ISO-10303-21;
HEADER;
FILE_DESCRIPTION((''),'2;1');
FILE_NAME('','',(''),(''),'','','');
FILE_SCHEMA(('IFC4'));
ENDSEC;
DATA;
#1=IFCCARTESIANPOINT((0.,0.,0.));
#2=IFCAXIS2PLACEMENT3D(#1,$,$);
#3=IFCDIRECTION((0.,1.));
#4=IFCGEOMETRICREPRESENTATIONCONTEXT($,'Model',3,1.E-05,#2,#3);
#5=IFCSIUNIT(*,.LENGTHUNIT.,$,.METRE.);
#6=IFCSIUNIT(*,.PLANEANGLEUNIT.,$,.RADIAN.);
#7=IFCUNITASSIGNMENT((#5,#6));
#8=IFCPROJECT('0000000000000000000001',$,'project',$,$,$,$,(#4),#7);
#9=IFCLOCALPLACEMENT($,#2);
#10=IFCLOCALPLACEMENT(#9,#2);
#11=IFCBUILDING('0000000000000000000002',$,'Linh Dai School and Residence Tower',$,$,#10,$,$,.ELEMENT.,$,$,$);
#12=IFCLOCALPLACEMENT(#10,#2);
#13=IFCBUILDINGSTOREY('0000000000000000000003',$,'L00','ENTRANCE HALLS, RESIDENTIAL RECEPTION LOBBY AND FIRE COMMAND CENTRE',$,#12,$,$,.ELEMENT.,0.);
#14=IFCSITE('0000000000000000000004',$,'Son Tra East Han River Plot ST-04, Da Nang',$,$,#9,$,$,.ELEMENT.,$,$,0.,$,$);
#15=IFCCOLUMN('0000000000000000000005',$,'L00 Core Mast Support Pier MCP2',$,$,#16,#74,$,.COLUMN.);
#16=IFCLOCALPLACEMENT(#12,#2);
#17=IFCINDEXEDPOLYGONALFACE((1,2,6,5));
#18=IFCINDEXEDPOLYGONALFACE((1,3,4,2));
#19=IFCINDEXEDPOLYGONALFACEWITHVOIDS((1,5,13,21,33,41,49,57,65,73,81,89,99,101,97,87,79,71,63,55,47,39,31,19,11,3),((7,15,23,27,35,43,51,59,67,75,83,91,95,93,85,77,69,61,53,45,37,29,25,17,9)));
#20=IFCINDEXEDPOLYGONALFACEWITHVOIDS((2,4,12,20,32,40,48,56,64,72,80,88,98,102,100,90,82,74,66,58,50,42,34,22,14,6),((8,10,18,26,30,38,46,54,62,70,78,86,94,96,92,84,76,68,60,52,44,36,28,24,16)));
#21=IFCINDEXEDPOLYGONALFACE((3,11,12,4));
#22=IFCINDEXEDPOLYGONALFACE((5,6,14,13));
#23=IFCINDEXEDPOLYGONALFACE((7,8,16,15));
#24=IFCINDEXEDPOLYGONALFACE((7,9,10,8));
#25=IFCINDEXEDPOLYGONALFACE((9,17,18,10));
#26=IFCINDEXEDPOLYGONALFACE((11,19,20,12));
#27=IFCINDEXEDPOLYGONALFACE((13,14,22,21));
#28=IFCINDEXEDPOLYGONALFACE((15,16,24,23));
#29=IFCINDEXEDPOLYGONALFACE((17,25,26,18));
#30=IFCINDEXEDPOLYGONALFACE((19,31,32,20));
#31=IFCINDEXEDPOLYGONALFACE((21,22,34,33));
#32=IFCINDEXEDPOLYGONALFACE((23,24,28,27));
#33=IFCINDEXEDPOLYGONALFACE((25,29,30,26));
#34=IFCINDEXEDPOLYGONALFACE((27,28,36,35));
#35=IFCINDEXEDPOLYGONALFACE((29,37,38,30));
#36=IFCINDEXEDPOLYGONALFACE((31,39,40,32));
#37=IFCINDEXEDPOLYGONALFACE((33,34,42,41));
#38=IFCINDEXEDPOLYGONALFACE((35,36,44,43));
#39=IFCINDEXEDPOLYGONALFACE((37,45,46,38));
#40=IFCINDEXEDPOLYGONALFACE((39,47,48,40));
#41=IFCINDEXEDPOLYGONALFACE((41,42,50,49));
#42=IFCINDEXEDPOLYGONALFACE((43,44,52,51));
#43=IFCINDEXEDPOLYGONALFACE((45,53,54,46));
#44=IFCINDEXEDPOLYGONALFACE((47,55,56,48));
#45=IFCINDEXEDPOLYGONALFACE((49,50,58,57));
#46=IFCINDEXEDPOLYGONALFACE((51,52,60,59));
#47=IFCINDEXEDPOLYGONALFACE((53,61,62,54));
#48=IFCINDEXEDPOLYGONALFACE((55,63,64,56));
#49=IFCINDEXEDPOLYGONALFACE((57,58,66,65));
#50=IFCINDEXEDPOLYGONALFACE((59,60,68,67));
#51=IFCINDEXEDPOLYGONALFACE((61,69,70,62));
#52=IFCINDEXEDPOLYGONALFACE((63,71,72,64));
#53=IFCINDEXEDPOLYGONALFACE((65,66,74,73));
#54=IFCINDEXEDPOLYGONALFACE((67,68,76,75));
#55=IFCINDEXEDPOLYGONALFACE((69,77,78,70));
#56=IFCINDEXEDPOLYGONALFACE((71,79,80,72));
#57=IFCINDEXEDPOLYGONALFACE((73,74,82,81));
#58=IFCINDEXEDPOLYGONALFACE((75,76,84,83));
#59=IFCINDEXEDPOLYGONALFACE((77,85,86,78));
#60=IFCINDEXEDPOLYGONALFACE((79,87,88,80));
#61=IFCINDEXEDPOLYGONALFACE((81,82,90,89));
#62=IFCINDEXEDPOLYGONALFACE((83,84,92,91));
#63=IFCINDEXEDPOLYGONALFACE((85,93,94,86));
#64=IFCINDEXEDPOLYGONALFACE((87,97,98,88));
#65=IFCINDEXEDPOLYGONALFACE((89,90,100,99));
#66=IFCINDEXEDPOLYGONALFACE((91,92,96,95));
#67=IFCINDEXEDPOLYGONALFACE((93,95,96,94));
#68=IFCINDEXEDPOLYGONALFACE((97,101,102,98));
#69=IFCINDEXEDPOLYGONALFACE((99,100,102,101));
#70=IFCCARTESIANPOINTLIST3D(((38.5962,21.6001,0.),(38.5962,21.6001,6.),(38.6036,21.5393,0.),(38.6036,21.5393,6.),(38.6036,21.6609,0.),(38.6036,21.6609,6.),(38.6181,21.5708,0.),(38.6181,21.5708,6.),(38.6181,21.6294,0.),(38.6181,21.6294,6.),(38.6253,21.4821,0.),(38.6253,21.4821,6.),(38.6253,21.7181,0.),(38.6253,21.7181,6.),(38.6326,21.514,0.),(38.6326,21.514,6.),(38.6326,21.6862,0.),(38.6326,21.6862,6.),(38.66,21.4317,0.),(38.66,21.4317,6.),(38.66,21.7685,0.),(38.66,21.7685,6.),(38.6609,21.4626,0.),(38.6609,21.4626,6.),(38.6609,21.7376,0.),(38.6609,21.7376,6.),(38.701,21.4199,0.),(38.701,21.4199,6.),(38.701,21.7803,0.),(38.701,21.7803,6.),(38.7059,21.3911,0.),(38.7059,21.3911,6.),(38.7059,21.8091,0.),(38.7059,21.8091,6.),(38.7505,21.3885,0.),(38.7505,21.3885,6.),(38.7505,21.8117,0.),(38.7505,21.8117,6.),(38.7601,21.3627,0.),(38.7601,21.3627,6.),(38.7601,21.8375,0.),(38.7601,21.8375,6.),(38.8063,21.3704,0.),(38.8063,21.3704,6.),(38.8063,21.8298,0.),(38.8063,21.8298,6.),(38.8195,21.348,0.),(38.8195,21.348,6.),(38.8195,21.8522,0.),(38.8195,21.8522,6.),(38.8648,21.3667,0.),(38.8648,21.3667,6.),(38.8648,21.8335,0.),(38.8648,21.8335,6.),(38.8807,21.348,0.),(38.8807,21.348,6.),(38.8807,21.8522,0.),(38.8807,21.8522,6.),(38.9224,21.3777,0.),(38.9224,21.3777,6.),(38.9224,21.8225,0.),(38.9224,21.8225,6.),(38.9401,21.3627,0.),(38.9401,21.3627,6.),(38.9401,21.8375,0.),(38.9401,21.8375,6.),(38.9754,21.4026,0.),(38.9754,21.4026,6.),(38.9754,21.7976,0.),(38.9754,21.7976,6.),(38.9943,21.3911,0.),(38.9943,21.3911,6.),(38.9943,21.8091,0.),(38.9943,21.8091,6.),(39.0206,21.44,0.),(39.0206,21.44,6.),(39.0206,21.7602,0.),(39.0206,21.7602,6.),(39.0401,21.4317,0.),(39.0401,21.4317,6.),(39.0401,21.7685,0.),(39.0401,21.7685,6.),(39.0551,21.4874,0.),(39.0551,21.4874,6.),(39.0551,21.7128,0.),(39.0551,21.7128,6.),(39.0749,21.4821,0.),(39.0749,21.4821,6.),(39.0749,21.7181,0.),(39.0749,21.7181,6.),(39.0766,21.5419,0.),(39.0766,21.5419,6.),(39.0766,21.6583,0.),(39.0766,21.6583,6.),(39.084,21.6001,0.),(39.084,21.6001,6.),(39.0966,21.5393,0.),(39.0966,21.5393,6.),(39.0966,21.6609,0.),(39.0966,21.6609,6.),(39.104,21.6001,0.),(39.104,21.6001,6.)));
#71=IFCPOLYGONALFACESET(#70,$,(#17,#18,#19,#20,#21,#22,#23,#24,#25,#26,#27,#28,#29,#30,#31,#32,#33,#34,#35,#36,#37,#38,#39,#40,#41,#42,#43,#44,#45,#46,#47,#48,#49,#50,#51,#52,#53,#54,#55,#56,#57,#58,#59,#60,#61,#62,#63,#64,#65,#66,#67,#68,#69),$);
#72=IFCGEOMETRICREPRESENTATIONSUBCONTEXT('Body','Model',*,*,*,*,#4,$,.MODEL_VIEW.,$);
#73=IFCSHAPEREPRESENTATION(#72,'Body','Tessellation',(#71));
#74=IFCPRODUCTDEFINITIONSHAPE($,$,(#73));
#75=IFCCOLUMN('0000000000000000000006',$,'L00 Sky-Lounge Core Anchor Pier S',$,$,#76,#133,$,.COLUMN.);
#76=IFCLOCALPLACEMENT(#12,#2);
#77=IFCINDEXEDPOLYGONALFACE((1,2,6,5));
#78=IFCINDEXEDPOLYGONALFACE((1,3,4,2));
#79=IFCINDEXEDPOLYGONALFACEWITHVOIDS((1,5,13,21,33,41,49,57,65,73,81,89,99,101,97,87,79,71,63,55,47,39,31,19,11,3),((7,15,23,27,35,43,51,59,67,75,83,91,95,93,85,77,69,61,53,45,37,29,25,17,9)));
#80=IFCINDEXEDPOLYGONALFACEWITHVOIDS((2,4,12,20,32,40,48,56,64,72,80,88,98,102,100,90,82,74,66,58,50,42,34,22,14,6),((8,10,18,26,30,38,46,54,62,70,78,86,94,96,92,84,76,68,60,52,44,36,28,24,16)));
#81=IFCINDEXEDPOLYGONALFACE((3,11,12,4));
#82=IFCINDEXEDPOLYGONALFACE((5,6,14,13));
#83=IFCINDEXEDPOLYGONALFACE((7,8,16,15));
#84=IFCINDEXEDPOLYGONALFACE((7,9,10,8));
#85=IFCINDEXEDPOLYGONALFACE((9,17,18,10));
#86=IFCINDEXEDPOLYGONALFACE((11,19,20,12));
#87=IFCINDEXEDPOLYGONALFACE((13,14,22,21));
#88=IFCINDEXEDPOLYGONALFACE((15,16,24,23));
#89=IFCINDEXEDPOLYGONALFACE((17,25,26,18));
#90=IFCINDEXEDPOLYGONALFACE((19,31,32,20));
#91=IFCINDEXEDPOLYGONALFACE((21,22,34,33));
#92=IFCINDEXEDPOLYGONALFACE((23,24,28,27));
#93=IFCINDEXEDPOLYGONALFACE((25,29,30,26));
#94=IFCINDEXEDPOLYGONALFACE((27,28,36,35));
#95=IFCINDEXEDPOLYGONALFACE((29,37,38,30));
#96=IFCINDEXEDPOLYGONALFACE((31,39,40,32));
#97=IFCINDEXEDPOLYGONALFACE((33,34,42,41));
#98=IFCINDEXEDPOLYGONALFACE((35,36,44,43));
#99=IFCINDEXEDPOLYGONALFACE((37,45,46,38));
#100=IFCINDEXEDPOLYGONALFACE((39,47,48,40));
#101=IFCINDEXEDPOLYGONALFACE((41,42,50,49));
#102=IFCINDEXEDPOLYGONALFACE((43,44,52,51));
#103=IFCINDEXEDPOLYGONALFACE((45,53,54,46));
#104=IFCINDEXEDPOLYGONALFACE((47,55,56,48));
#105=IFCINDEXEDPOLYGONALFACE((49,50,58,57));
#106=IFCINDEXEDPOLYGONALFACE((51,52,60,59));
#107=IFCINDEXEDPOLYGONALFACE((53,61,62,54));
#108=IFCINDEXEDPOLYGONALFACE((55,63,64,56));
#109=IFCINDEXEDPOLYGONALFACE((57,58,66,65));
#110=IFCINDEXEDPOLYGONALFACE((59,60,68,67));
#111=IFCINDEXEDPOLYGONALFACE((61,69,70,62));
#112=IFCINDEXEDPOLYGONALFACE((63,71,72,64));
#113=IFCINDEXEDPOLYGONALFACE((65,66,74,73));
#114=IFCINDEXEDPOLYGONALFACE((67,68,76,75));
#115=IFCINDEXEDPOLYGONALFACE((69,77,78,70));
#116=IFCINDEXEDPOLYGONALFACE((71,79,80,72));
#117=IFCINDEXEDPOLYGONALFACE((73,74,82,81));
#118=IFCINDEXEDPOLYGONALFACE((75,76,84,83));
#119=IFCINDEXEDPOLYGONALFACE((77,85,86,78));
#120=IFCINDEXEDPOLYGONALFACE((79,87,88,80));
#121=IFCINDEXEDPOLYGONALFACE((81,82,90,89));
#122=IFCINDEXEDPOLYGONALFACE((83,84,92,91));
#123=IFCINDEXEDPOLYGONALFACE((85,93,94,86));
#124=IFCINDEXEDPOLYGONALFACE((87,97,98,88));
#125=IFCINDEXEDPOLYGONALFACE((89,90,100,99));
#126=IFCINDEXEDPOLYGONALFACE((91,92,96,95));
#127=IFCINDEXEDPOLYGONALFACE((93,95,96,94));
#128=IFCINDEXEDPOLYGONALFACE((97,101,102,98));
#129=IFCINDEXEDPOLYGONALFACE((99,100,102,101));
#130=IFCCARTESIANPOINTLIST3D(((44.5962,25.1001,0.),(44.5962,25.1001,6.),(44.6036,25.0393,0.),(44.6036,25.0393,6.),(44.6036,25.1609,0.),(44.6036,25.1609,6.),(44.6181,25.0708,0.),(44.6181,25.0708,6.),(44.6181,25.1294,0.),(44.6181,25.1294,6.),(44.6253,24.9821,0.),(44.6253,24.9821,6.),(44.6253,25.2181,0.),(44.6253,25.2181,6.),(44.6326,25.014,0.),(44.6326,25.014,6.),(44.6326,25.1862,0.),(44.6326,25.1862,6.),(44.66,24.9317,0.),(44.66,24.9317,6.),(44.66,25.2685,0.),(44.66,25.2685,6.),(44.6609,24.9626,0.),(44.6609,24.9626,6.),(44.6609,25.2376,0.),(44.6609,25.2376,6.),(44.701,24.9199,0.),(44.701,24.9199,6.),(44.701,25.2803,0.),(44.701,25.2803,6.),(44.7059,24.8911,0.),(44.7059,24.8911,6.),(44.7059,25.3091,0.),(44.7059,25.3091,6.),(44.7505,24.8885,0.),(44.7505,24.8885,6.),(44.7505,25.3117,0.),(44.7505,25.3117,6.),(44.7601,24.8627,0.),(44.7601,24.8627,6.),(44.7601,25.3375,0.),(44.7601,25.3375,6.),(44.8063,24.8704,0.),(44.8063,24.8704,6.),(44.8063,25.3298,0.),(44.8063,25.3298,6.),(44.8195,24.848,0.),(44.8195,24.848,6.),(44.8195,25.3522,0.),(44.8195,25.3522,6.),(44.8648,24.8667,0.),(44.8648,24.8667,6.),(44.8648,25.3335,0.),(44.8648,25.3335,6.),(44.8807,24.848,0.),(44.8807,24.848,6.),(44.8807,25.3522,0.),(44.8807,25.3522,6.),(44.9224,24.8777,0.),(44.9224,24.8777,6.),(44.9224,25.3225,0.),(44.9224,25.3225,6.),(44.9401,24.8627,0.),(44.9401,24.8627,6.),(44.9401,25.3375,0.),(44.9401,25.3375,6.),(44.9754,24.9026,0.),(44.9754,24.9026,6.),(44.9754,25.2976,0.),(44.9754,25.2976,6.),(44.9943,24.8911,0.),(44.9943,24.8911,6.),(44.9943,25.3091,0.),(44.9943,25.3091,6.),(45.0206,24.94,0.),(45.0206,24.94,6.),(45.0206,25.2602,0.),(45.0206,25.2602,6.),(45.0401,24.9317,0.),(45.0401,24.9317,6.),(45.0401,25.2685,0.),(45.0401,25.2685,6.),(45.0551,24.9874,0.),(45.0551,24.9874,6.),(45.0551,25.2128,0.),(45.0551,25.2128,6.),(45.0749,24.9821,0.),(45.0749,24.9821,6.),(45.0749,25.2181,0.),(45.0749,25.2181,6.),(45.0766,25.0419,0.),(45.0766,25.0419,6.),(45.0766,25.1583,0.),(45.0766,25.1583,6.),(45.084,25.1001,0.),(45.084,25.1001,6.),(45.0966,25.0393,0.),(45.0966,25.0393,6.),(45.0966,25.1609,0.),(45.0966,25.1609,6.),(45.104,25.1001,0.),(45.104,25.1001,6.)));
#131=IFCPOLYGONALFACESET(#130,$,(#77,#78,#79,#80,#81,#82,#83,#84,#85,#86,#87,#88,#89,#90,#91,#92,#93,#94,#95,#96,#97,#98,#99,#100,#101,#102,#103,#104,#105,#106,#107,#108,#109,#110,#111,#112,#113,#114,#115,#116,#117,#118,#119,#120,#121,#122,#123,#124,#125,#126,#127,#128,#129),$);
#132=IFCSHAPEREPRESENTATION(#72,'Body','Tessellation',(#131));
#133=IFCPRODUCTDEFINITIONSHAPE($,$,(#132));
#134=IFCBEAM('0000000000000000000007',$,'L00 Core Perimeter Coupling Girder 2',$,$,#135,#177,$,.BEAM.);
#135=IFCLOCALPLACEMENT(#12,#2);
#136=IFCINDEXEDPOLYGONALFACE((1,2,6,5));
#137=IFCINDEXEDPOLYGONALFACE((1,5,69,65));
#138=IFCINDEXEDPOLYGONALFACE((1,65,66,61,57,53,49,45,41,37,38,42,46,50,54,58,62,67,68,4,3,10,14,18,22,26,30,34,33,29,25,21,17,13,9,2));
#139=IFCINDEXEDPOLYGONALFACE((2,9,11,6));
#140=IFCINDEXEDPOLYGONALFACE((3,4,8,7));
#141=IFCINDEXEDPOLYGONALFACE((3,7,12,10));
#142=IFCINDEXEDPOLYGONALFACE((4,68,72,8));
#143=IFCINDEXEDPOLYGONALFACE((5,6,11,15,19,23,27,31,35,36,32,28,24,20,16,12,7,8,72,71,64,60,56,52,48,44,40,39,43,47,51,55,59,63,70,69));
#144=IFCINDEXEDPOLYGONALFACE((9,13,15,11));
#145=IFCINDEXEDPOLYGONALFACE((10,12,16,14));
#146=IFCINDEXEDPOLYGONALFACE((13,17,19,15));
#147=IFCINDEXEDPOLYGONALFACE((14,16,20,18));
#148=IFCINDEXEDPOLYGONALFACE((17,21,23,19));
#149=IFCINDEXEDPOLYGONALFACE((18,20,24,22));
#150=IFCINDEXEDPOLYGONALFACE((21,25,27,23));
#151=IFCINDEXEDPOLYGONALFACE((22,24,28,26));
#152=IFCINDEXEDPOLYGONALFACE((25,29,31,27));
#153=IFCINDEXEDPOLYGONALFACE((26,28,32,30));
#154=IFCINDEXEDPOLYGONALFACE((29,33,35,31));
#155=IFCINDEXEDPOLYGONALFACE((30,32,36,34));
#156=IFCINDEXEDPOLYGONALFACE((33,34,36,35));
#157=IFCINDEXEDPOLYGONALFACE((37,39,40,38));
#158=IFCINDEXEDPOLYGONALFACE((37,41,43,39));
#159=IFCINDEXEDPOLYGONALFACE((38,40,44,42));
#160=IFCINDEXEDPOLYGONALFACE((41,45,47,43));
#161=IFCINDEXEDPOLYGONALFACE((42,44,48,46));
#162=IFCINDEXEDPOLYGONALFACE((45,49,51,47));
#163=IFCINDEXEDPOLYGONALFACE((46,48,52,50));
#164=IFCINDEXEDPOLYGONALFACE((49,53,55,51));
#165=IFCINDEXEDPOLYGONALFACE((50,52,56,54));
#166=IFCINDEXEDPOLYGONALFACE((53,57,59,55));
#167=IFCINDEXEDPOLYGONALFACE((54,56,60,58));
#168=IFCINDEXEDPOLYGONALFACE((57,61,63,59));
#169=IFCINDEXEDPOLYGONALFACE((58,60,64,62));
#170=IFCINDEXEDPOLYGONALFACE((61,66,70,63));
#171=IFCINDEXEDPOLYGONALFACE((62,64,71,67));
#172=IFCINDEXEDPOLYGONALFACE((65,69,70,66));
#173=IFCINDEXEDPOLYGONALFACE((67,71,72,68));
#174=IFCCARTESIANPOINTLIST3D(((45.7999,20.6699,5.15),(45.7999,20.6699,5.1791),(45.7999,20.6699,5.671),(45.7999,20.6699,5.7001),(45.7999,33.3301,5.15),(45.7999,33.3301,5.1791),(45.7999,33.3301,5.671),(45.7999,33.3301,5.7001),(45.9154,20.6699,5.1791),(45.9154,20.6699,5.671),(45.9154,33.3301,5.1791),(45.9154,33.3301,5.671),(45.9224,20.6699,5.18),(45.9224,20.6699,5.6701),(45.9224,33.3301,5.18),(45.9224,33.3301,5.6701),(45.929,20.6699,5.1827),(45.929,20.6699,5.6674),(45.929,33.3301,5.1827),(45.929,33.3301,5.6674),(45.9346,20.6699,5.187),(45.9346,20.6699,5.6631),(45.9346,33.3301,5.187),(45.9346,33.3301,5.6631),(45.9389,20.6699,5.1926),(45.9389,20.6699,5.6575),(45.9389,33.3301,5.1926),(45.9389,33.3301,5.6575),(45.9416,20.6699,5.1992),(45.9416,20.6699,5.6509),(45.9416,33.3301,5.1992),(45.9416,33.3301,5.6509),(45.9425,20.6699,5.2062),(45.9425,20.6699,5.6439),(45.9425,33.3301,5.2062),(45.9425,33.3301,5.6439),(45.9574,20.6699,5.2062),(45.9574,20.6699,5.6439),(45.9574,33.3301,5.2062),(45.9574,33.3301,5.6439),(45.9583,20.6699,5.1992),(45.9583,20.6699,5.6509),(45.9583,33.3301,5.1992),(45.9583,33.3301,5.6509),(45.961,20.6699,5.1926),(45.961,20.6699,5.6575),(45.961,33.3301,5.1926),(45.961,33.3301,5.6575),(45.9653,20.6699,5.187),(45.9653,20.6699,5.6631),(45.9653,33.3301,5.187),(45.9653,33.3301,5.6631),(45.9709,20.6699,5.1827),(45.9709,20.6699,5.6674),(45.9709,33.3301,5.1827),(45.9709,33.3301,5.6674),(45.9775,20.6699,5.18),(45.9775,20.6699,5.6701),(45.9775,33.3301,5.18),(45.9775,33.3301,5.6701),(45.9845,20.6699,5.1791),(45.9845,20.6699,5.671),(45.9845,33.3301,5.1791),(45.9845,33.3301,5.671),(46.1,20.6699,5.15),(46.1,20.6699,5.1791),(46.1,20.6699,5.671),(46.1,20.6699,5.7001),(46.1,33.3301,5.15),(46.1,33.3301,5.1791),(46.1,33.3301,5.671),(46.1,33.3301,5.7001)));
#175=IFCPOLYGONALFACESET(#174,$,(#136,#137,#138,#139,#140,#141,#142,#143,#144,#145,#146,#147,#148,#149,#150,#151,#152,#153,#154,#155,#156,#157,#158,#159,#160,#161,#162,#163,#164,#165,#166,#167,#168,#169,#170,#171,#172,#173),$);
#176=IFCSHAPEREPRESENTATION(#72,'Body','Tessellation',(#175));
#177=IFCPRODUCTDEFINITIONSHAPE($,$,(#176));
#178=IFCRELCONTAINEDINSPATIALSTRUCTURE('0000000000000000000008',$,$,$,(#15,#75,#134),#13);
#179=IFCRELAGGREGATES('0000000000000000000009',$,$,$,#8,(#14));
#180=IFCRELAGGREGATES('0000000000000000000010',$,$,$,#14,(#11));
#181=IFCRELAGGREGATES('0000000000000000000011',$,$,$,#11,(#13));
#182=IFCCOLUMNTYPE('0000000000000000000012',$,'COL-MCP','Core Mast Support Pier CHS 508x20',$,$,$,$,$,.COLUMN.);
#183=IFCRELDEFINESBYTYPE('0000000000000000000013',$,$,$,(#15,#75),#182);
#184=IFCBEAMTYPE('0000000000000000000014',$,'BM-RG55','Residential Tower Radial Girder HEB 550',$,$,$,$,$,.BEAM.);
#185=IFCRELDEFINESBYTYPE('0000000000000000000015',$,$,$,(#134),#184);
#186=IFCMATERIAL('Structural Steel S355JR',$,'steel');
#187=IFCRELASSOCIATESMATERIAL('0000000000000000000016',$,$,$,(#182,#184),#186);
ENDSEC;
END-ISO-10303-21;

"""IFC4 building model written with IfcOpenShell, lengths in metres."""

from ifc_helpers import new_model, si_unit, direction, frame, origin, origin_2d, place, context, subcontext, project, spatial, hollow_circle, i_section, extrude, material, material_profile, profile_set, type_object, element, save


model = new_model("IFC4")

# Units and contexts
model_context = context("Model", 3, precision=1e-05, world=origin(), true_north=direction((0.0, 1.0)))
body_context = subcontext(model_context, "Body", "Model", "MODEL_VIEW")
ifc_project = project(units=[si_unit("LENGTHUNIT", "METRE"), si_unit("PLANEANGLEUNIT", "RADIAN")], contexts=[model_context])

# Site, building, storey
site_placement = place(None, origin())
site = spatial("IfcSite", under=ifc_project, at=site_placement, Name="Son Tra East Han River Plot ST-04, Da Nang", CompositionType="ELEMENT", RefElevation=0.0)
building_placement = place(site_placement, origin())
building = spatial("IfcBuilding", under=site, at=building_placement, Name="Linh Dai School and Residence Tower", CompositionType="ELEMENT")
storey_placement = place(building_placement, origin())
storey = spatial("IfcBuildingStorey", under=building, at=storey_placement, Name="L00", Description="ENTRANCE HALLS, RESIDENTIAL RECEPTION LOBBY AND FIRE COMMAND CENTRE", CompositionType="ELEMENT", Elevation=0.0)

# Columns
ifc_material_1 = material(Name="Structural Steel S355JR", Category="steel")
ifc_material_profile_1 = material_profile(ifc_material_1, hollow_circle(Radius=0.2539, WallThickness=0.02, at=origin_2d()), Name="CHS 508x20")
ifc_profile_set_1 = profile_set([ifc_material_profile_1], Name="Structural Steel S355JR")
column_type_1 = type_object("IfcColumnType", Name="COL-MCP", Description="Core Mast Support Pier CHS 508x20", PredefinedType="COLUMN", material=ifc_profile_set_1)
for number, where, z_axis, x_axis, name in (
    (1, (38.8501, 21.6001, 0.0), (0.0, 0.0, 1.0), (1.0, 0.0, 0.0), "L00 Core Mast Support Pier MCP2"),
    (2, (44.8501, 25.1001, 0.0), (0.0, 0.0, 1.0), (1.0, 0.0, 0.0), "L00 Sky-Lounge Core Anchor Pier S"),
):
    element("IfcColumn", number, at=place(storey_placement, frame(where, z_axis=z_axis, x_axis=x_axis)), inside=storey, type_object=column_type_1, Name=name, PredefinedType="COLUMN", context=body_context, shape_type="SweptSolid", body=[
        extrude(hollow_circle(Radius=0.2539, WallThickness=0.02, at=origin_2d()), origin(), (0.0, 0.0, 1.0), 6.0),
    ])

# Beam
ifc_material_profile_2 = material_profile(ifc_material_1, i_section(OverallWidth=0.3, OverallDepth=0.55, WebThickness=0.0149, FlangeThickness=0.0291, FilletRadius=0.0271, at=origin_2d()), Name="HEB 550")
ifc_profile_set_2 = profile_set([ifc_material_profile_2], Name="Structural Steel S355JR")
beam_type_1 = type_object("IfcBeamType", Name="BM-RG55", Description="Residential Tower Radial Girder HEB 550", PredefinedType="BEAM", material=ifc_profile_set_2)
beam_1_placement = place(storey_placement, frame((45.95, 20.6699, 5.425), z_axis=(0.0, 1.0, 0.0), x_axis=(-1.0, 0.0, 0.0)))
element("IfcBeam", 3, at=beam_1_placement, inside=storey, type_object=beam_type_1, Name="L00 Core Perimeter Coupling Girder 2", PredefinedType="BEAM", context=body_context, shape_type="SweptSolid", body=[
    extrude(i_section(OverallWidth=0.3, OverallDepth=0.55, WebThickness=0.0149, FlangeThickness=0.0291, FilletRadius=0.0271, at=origin_2d()), origin(), (0.0, 0.0, 1.0), 12.6602),
])

save(model, "model.ifc")
